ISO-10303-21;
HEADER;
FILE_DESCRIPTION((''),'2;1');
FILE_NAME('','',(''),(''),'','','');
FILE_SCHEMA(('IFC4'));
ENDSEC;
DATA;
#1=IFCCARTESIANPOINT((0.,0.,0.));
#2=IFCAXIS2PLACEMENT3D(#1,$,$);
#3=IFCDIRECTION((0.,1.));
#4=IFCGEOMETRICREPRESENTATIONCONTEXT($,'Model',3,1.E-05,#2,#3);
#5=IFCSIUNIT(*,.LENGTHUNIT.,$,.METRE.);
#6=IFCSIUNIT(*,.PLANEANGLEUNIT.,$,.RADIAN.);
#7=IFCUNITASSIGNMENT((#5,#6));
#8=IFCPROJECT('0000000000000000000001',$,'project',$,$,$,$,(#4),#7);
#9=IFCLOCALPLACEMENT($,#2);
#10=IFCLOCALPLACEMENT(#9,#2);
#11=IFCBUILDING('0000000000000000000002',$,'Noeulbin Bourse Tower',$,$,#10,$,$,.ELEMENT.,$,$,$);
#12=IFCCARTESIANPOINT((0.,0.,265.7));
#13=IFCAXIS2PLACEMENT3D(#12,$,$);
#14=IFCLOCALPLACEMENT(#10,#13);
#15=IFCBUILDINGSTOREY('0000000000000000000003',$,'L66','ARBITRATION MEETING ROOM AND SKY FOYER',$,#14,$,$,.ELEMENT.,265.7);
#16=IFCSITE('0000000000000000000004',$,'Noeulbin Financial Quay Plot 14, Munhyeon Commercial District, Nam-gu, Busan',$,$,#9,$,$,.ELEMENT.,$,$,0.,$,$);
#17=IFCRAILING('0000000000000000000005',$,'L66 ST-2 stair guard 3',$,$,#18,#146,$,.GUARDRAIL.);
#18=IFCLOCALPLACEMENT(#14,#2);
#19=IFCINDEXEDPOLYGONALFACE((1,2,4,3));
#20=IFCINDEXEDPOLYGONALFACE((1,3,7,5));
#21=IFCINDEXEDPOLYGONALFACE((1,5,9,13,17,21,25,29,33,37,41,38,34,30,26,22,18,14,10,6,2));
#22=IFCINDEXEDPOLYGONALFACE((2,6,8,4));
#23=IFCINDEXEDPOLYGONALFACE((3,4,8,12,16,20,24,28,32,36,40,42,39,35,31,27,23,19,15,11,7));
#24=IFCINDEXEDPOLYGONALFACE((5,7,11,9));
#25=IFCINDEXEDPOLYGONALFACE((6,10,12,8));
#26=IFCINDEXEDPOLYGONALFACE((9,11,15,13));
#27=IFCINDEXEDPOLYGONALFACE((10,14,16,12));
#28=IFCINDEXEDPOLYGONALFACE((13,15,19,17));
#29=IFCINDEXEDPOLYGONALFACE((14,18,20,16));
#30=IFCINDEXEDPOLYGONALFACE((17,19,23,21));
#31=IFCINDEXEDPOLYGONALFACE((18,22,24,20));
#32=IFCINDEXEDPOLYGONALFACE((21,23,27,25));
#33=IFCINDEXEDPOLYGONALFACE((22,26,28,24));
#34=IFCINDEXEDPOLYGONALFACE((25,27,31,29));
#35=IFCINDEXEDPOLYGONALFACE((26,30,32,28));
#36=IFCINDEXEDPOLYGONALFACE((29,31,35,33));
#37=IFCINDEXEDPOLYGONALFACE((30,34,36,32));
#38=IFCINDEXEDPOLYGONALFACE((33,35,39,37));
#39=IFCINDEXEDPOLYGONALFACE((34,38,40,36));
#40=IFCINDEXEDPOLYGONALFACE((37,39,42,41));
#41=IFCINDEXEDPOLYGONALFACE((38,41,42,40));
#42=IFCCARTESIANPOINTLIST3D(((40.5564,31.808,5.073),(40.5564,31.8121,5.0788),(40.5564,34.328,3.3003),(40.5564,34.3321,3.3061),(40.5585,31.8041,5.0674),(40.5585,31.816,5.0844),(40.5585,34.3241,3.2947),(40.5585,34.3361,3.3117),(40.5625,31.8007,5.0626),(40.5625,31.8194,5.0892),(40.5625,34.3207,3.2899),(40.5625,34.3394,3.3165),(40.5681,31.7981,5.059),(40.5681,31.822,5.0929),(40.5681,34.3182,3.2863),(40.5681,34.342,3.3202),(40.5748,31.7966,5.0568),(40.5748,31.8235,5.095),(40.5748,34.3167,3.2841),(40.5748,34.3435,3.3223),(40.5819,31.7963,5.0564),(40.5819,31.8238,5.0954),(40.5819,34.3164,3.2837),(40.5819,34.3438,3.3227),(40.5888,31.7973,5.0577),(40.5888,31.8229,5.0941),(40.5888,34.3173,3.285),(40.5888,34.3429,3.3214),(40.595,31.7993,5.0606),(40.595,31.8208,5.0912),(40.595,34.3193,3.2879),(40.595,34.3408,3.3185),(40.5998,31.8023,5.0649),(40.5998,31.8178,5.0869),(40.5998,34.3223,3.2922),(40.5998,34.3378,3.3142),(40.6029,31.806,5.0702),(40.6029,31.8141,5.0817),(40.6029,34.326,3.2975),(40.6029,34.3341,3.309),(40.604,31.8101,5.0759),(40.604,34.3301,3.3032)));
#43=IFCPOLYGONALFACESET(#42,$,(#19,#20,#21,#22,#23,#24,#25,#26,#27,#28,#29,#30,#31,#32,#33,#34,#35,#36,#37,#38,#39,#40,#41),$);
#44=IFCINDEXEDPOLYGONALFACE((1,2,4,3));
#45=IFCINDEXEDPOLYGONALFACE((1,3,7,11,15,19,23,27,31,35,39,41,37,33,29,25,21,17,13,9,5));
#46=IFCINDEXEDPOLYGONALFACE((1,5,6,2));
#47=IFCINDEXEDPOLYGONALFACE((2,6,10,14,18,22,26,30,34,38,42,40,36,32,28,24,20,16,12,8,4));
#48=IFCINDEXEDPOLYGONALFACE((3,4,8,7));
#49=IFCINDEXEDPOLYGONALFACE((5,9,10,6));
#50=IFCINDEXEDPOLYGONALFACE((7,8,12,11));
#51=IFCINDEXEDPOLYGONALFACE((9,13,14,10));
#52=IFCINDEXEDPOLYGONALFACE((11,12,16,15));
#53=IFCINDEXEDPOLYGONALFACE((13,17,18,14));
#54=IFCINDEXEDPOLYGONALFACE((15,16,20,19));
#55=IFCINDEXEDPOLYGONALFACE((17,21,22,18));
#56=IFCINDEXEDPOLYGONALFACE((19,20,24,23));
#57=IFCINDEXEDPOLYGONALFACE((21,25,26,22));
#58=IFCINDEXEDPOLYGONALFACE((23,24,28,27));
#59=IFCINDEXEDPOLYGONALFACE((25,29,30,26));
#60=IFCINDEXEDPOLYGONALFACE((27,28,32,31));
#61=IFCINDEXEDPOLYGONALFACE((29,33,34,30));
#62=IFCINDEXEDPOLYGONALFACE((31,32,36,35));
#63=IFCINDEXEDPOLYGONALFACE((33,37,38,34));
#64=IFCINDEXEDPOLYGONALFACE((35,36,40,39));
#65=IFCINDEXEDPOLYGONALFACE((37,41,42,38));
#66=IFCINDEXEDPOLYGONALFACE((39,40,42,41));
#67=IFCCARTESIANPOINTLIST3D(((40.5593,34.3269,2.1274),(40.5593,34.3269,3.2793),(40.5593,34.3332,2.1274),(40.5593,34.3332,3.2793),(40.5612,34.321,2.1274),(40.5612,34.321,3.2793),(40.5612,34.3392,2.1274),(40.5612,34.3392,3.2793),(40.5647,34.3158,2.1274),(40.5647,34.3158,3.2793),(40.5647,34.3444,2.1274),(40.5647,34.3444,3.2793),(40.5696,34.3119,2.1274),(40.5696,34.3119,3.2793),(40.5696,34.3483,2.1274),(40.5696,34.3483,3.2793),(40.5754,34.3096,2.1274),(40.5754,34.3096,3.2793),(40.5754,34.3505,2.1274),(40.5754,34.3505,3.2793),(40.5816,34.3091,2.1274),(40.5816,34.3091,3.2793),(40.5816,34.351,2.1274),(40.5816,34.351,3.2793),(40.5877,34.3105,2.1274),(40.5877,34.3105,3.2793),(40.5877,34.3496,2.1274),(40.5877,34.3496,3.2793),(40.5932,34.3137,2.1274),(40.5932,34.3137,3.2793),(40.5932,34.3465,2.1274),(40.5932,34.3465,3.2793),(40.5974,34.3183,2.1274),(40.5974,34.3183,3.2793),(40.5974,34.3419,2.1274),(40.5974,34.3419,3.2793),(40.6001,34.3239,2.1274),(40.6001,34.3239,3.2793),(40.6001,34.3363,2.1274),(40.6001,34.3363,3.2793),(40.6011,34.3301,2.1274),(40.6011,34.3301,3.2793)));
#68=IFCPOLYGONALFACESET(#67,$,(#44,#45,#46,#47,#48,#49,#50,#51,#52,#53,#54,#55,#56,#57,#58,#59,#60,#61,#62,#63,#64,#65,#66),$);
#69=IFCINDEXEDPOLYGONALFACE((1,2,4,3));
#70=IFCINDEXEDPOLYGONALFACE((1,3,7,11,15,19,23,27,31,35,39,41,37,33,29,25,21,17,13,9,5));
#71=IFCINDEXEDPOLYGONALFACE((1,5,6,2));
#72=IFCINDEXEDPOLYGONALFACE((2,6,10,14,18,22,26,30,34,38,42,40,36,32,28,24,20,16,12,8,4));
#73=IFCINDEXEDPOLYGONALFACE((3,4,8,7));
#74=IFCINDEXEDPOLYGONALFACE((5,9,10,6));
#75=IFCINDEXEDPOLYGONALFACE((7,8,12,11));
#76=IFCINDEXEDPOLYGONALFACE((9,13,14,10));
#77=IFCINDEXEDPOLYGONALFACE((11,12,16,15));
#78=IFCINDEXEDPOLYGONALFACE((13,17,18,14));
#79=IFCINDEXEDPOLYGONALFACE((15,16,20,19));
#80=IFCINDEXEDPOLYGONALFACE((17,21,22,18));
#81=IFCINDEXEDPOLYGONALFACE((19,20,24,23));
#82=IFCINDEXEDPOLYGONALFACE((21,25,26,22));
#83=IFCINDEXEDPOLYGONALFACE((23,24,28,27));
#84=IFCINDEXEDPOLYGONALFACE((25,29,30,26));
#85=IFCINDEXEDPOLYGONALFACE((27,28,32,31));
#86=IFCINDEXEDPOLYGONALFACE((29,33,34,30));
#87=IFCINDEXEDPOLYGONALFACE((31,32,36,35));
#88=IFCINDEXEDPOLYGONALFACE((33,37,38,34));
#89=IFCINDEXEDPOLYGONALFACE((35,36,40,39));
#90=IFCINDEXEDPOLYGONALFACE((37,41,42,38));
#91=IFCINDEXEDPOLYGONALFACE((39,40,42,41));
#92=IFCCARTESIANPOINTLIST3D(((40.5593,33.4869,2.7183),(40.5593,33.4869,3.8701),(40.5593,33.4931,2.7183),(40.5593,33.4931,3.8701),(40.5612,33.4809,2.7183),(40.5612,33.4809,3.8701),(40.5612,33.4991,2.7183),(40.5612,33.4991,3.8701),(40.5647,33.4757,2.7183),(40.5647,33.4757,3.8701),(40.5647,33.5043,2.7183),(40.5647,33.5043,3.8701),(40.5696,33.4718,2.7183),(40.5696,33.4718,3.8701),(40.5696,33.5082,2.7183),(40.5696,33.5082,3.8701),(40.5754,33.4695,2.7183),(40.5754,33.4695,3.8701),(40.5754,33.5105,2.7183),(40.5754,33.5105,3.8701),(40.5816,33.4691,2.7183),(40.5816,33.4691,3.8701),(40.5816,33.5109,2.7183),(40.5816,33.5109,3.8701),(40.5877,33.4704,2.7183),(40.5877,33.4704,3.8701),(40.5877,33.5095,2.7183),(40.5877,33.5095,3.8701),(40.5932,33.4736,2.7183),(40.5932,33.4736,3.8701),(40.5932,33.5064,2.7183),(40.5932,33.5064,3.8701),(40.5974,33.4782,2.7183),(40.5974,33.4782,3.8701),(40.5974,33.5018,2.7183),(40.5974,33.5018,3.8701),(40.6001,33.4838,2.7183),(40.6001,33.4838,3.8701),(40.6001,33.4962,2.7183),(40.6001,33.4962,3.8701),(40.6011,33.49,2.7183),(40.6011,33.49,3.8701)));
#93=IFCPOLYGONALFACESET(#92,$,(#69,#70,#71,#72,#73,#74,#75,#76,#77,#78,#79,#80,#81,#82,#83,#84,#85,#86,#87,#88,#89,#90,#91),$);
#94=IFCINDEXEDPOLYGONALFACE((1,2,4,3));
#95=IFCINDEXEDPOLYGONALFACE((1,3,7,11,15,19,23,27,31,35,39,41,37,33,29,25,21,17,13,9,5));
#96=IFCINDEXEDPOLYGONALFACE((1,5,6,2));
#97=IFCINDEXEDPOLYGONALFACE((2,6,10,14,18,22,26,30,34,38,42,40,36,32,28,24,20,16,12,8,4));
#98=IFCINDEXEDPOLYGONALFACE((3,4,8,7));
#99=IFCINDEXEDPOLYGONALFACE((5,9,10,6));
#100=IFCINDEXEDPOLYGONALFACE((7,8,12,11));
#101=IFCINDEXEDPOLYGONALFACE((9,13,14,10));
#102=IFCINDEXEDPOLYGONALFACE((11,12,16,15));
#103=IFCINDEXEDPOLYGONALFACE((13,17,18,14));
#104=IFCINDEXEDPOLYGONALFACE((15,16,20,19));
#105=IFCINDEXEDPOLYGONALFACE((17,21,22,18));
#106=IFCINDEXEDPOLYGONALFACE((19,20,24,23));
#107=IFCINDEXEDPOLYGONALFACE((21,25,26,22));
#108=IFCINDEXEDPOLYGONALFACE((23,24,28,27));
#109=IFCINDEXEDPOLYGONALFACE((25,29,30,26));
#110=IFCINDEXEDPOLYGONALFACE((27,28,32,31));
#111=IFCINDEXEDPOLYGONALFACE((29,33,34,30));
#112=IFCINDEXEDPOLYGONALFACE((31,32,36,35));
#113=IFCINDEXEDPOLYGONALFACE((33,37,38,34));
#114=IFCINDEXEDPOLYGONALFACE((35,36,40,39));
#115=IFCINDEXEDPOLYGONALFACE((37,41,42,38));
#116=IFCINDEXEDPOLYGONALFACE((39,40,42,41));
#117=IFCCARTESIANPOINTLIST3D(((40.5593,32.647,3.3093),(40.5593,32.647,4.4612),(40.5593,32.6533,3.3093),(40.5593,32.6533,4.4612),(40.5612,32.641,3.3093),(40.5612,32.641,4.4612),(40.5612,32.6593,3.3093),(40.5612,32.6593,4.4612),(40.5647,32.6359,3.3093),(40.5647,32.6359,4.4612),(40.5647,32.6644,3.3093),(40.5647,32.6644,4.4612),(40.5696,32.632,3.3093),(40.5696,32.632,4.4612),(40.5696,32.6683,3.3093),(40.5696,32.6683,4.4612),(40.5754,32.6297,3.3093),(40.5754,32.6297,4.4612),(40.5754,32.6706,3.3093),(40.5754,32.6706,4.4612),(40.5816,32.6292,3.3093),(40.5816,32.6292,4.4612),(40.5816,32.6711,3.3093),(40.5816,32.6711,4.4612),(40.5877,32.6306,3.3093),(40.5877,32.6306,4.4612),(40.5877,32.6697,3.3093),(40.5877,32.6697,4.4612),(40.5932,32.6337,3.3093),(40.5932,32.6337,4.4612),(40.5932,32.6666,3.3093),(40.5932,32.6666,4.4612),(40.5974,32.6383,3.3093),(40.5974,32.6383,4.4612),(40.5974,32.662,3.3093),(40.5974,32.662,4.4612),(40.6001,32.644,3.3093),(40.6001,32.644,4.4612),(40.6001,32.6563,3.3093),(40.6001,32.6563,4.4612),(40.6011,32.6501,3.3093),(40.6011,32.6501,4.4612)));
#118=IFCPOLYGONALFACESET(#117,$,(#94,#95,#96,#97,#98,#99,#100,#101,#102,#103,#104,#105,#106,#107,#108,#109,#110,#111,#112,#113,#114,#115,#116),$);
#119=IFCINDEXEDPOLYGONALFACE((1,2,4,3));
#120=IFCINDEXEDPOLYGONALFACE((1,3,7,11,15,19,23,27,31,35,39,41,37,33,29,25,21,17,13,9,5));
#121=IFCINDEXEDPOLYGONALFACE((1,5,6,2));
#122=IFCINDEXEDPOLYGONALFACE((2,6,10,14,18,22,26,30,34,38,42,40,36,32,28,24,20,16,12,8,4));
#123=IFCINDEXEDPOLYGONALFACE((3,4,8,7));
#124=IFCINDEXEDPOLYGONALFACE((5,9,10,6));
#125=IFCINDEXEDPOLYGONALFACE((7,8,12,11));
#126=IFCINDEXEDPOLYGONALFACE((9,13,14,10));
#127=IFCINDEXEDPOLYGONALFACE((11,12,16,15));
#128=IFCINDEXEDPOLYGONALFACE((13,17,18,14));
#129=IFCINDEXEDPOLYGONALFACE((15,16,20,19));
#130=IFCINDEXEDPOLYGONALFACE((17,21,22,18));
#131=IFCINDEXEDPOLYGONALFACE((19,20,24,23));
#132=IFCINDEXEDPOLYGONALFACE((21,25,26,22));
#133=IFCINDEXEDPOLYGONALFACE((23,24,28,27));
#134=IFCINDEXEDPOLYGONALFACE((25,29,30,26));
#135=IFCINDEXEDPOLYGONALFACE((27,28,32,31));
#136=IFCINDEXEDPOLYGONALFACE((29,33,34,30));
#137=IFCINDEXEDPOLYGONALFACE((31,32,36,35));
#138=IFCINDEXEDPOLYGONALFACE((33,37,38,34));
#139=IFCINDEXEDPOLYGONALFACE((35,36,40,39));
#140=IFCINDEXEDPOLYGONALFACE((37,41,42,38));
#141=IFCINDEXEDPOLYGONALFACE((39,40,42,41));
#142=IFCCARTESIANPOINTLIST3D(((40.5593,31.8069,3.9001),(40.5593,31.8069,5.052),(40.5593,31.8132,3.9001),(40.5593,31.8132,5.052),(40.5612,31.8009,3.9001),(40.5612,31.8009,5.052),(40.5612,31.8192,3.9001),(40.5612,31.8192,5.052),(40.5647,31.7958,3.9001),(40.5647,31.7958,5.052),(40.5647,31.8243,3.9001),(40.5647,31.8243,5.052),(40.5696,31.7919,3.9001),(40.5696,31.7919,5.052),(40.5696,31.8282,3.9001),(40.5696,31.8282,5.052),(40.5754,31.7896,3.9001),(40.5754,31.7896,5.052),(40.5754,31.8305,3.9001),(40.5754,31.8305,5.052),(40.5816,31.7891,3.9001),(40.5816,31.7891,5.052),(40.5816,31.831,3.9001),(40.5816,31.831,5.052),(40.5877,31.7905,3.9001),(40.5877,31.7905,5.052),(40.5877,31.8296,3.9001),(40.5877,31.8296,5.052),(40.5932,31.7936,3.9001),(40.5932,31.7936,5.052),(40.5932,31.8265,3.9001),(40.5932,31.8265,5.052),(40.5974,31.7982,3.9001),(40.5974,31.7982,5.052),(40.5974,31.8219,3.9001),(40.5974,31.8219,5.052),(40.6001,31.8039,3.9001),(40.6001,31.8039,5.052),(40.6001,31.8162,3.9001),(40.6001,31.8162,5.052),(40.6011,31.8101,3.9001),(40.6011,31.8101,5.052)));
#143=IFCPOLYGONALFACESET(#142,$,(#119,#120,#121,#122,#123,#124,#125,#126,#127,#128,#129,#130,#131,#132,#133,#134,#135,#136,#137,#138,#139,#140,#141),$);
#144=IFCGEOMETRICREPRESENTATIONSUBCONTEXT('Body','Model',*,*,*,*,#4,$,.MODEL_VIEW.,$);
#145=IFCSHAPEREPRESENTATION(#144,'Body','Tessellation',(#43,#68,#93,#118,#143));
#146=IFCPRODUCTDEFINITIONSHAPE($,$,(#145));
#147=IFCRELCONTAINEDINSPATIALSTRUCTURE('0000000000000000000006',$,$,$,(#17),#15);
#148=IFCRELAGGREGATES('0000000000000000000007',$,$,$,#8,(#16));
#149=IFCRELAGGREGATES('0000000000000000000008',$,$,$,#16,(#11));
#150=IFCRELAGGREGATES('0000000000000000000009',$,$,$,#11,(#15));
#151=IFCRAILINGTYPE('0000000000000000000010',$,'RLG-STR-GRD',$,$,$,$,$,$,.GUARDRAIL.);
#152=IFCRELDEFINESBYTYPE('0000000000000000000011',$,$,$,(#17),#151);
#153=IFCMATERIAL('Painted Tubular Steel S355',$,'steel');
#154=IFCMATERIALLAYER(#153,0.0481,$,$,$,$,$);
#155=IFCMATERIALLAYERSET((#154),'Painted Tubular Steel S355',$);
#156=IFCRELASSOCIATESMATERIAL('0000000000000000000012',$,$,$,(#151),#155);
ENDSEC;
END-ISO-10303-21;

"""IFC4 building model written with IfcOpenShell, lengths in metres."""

from ifc_helpers import new_model, si_unit, direction, frame, origin, origin_2d, place, context, subcontext, project, spatial, circle, extrude, material, layer, layer_set, type_object, element, save


model = new_model("IFC4")

# Units and contexts
model_context = context("Model", 3, precision=1e-05, world=origin(), true_north=direction((0.0, 1.0)))
body_context = subcontext(model_context, "Body", "Model", "MODEL_VIEW")
ifc_project = project(units=[si_unit("LENGTHUNIT", "METRE"), si_unit("PLANEANGLEUNIT", "RADIAN")], contexts=[model_context])

# Site, building, storey
site_placement = place(None, origin())
site = spatial("IfcSite", under=ifc_project, at=site_placement, Name="Noeulbin Financial Quay Plot 14, Munhyeon Commercial District, Nam-gu, Busan", CompositionType="ELEMENT", RefElevation=0.0)
building_placement = place(site_placement, origin())
building = spatial("IfcBuilding", under=site, at=building_placement, Name="Noeulbin Bourse Tower", CompositionType="ELEMENT")
storey_placement = place(building_placement, frame((0.0, 0.0, 265.7)))
storey = spatial("IfcBuildingStorey", under=building, at=storey_placement, Name="L66", Description="ARBITRATION MEETING ROOM AND SKY FOYER", CompositionType="ELEMENT", Elevation=265.7)

# Railing
ifc_material_1 = material(Name="Painted Tubular Steel S355", Category="steel")
ifc_layer_1 = layer(ifc_material_1, 0.0481)
ifc_layer_set_1 = layer_set([ifc_layer_1], Name="Painted Tubular Steel S355")
railing_type_1 = type_object("IfcRailingType", Name="RLG-STR-GRD", PredefinedType="GUARDRAIL", material=ifc_layer_set_1)
railing_1_placement = place(storey_placement, frame((40.5801, 34.3301, 2.1274)))
element("IfcRailing", 1, at=railing_1_placement, inside=storey, type_object=railing_type_1, Name="L66 ST-2 stair guard 3", PredefinedType="GUARDRAIL", context=body_context, shape_type="SweptSolid", body=[
    extrude(circle(Radius=0.0239, at=origin_2d()), frame((0.0, 0.0, 1.1758), z_axis=(0.0, -0.817904, 0.575354), x_axis=(1.0, 0.0, 0.0)), (0.0, 0.0, 1.0), 3.0811),
    extrude(circle(Radius=0.021, at=origin_2d()), origin(), (0.0, 0.0, 1.0), 1.1519),
    extrude(circle(Radius=0.021, at=origin_2d()), frame((0.0, -0.8401, 0.5908)), (0.0, 0.0, 1.0), 1.1519),
    extrude(circle(Radius=0.021, at=origin_2d()), frame((0.0, -1.6799, 1.1819)), (0.0, 0.0, 1.0), 1.1519),
    extrude(circle(Radius=0.021, at=origin_2d()), frame((0.0, -2.52, 1.7727)), (0.0, 0.0, 1.0), 1.1519),
])

save(model, "model.ifc")
